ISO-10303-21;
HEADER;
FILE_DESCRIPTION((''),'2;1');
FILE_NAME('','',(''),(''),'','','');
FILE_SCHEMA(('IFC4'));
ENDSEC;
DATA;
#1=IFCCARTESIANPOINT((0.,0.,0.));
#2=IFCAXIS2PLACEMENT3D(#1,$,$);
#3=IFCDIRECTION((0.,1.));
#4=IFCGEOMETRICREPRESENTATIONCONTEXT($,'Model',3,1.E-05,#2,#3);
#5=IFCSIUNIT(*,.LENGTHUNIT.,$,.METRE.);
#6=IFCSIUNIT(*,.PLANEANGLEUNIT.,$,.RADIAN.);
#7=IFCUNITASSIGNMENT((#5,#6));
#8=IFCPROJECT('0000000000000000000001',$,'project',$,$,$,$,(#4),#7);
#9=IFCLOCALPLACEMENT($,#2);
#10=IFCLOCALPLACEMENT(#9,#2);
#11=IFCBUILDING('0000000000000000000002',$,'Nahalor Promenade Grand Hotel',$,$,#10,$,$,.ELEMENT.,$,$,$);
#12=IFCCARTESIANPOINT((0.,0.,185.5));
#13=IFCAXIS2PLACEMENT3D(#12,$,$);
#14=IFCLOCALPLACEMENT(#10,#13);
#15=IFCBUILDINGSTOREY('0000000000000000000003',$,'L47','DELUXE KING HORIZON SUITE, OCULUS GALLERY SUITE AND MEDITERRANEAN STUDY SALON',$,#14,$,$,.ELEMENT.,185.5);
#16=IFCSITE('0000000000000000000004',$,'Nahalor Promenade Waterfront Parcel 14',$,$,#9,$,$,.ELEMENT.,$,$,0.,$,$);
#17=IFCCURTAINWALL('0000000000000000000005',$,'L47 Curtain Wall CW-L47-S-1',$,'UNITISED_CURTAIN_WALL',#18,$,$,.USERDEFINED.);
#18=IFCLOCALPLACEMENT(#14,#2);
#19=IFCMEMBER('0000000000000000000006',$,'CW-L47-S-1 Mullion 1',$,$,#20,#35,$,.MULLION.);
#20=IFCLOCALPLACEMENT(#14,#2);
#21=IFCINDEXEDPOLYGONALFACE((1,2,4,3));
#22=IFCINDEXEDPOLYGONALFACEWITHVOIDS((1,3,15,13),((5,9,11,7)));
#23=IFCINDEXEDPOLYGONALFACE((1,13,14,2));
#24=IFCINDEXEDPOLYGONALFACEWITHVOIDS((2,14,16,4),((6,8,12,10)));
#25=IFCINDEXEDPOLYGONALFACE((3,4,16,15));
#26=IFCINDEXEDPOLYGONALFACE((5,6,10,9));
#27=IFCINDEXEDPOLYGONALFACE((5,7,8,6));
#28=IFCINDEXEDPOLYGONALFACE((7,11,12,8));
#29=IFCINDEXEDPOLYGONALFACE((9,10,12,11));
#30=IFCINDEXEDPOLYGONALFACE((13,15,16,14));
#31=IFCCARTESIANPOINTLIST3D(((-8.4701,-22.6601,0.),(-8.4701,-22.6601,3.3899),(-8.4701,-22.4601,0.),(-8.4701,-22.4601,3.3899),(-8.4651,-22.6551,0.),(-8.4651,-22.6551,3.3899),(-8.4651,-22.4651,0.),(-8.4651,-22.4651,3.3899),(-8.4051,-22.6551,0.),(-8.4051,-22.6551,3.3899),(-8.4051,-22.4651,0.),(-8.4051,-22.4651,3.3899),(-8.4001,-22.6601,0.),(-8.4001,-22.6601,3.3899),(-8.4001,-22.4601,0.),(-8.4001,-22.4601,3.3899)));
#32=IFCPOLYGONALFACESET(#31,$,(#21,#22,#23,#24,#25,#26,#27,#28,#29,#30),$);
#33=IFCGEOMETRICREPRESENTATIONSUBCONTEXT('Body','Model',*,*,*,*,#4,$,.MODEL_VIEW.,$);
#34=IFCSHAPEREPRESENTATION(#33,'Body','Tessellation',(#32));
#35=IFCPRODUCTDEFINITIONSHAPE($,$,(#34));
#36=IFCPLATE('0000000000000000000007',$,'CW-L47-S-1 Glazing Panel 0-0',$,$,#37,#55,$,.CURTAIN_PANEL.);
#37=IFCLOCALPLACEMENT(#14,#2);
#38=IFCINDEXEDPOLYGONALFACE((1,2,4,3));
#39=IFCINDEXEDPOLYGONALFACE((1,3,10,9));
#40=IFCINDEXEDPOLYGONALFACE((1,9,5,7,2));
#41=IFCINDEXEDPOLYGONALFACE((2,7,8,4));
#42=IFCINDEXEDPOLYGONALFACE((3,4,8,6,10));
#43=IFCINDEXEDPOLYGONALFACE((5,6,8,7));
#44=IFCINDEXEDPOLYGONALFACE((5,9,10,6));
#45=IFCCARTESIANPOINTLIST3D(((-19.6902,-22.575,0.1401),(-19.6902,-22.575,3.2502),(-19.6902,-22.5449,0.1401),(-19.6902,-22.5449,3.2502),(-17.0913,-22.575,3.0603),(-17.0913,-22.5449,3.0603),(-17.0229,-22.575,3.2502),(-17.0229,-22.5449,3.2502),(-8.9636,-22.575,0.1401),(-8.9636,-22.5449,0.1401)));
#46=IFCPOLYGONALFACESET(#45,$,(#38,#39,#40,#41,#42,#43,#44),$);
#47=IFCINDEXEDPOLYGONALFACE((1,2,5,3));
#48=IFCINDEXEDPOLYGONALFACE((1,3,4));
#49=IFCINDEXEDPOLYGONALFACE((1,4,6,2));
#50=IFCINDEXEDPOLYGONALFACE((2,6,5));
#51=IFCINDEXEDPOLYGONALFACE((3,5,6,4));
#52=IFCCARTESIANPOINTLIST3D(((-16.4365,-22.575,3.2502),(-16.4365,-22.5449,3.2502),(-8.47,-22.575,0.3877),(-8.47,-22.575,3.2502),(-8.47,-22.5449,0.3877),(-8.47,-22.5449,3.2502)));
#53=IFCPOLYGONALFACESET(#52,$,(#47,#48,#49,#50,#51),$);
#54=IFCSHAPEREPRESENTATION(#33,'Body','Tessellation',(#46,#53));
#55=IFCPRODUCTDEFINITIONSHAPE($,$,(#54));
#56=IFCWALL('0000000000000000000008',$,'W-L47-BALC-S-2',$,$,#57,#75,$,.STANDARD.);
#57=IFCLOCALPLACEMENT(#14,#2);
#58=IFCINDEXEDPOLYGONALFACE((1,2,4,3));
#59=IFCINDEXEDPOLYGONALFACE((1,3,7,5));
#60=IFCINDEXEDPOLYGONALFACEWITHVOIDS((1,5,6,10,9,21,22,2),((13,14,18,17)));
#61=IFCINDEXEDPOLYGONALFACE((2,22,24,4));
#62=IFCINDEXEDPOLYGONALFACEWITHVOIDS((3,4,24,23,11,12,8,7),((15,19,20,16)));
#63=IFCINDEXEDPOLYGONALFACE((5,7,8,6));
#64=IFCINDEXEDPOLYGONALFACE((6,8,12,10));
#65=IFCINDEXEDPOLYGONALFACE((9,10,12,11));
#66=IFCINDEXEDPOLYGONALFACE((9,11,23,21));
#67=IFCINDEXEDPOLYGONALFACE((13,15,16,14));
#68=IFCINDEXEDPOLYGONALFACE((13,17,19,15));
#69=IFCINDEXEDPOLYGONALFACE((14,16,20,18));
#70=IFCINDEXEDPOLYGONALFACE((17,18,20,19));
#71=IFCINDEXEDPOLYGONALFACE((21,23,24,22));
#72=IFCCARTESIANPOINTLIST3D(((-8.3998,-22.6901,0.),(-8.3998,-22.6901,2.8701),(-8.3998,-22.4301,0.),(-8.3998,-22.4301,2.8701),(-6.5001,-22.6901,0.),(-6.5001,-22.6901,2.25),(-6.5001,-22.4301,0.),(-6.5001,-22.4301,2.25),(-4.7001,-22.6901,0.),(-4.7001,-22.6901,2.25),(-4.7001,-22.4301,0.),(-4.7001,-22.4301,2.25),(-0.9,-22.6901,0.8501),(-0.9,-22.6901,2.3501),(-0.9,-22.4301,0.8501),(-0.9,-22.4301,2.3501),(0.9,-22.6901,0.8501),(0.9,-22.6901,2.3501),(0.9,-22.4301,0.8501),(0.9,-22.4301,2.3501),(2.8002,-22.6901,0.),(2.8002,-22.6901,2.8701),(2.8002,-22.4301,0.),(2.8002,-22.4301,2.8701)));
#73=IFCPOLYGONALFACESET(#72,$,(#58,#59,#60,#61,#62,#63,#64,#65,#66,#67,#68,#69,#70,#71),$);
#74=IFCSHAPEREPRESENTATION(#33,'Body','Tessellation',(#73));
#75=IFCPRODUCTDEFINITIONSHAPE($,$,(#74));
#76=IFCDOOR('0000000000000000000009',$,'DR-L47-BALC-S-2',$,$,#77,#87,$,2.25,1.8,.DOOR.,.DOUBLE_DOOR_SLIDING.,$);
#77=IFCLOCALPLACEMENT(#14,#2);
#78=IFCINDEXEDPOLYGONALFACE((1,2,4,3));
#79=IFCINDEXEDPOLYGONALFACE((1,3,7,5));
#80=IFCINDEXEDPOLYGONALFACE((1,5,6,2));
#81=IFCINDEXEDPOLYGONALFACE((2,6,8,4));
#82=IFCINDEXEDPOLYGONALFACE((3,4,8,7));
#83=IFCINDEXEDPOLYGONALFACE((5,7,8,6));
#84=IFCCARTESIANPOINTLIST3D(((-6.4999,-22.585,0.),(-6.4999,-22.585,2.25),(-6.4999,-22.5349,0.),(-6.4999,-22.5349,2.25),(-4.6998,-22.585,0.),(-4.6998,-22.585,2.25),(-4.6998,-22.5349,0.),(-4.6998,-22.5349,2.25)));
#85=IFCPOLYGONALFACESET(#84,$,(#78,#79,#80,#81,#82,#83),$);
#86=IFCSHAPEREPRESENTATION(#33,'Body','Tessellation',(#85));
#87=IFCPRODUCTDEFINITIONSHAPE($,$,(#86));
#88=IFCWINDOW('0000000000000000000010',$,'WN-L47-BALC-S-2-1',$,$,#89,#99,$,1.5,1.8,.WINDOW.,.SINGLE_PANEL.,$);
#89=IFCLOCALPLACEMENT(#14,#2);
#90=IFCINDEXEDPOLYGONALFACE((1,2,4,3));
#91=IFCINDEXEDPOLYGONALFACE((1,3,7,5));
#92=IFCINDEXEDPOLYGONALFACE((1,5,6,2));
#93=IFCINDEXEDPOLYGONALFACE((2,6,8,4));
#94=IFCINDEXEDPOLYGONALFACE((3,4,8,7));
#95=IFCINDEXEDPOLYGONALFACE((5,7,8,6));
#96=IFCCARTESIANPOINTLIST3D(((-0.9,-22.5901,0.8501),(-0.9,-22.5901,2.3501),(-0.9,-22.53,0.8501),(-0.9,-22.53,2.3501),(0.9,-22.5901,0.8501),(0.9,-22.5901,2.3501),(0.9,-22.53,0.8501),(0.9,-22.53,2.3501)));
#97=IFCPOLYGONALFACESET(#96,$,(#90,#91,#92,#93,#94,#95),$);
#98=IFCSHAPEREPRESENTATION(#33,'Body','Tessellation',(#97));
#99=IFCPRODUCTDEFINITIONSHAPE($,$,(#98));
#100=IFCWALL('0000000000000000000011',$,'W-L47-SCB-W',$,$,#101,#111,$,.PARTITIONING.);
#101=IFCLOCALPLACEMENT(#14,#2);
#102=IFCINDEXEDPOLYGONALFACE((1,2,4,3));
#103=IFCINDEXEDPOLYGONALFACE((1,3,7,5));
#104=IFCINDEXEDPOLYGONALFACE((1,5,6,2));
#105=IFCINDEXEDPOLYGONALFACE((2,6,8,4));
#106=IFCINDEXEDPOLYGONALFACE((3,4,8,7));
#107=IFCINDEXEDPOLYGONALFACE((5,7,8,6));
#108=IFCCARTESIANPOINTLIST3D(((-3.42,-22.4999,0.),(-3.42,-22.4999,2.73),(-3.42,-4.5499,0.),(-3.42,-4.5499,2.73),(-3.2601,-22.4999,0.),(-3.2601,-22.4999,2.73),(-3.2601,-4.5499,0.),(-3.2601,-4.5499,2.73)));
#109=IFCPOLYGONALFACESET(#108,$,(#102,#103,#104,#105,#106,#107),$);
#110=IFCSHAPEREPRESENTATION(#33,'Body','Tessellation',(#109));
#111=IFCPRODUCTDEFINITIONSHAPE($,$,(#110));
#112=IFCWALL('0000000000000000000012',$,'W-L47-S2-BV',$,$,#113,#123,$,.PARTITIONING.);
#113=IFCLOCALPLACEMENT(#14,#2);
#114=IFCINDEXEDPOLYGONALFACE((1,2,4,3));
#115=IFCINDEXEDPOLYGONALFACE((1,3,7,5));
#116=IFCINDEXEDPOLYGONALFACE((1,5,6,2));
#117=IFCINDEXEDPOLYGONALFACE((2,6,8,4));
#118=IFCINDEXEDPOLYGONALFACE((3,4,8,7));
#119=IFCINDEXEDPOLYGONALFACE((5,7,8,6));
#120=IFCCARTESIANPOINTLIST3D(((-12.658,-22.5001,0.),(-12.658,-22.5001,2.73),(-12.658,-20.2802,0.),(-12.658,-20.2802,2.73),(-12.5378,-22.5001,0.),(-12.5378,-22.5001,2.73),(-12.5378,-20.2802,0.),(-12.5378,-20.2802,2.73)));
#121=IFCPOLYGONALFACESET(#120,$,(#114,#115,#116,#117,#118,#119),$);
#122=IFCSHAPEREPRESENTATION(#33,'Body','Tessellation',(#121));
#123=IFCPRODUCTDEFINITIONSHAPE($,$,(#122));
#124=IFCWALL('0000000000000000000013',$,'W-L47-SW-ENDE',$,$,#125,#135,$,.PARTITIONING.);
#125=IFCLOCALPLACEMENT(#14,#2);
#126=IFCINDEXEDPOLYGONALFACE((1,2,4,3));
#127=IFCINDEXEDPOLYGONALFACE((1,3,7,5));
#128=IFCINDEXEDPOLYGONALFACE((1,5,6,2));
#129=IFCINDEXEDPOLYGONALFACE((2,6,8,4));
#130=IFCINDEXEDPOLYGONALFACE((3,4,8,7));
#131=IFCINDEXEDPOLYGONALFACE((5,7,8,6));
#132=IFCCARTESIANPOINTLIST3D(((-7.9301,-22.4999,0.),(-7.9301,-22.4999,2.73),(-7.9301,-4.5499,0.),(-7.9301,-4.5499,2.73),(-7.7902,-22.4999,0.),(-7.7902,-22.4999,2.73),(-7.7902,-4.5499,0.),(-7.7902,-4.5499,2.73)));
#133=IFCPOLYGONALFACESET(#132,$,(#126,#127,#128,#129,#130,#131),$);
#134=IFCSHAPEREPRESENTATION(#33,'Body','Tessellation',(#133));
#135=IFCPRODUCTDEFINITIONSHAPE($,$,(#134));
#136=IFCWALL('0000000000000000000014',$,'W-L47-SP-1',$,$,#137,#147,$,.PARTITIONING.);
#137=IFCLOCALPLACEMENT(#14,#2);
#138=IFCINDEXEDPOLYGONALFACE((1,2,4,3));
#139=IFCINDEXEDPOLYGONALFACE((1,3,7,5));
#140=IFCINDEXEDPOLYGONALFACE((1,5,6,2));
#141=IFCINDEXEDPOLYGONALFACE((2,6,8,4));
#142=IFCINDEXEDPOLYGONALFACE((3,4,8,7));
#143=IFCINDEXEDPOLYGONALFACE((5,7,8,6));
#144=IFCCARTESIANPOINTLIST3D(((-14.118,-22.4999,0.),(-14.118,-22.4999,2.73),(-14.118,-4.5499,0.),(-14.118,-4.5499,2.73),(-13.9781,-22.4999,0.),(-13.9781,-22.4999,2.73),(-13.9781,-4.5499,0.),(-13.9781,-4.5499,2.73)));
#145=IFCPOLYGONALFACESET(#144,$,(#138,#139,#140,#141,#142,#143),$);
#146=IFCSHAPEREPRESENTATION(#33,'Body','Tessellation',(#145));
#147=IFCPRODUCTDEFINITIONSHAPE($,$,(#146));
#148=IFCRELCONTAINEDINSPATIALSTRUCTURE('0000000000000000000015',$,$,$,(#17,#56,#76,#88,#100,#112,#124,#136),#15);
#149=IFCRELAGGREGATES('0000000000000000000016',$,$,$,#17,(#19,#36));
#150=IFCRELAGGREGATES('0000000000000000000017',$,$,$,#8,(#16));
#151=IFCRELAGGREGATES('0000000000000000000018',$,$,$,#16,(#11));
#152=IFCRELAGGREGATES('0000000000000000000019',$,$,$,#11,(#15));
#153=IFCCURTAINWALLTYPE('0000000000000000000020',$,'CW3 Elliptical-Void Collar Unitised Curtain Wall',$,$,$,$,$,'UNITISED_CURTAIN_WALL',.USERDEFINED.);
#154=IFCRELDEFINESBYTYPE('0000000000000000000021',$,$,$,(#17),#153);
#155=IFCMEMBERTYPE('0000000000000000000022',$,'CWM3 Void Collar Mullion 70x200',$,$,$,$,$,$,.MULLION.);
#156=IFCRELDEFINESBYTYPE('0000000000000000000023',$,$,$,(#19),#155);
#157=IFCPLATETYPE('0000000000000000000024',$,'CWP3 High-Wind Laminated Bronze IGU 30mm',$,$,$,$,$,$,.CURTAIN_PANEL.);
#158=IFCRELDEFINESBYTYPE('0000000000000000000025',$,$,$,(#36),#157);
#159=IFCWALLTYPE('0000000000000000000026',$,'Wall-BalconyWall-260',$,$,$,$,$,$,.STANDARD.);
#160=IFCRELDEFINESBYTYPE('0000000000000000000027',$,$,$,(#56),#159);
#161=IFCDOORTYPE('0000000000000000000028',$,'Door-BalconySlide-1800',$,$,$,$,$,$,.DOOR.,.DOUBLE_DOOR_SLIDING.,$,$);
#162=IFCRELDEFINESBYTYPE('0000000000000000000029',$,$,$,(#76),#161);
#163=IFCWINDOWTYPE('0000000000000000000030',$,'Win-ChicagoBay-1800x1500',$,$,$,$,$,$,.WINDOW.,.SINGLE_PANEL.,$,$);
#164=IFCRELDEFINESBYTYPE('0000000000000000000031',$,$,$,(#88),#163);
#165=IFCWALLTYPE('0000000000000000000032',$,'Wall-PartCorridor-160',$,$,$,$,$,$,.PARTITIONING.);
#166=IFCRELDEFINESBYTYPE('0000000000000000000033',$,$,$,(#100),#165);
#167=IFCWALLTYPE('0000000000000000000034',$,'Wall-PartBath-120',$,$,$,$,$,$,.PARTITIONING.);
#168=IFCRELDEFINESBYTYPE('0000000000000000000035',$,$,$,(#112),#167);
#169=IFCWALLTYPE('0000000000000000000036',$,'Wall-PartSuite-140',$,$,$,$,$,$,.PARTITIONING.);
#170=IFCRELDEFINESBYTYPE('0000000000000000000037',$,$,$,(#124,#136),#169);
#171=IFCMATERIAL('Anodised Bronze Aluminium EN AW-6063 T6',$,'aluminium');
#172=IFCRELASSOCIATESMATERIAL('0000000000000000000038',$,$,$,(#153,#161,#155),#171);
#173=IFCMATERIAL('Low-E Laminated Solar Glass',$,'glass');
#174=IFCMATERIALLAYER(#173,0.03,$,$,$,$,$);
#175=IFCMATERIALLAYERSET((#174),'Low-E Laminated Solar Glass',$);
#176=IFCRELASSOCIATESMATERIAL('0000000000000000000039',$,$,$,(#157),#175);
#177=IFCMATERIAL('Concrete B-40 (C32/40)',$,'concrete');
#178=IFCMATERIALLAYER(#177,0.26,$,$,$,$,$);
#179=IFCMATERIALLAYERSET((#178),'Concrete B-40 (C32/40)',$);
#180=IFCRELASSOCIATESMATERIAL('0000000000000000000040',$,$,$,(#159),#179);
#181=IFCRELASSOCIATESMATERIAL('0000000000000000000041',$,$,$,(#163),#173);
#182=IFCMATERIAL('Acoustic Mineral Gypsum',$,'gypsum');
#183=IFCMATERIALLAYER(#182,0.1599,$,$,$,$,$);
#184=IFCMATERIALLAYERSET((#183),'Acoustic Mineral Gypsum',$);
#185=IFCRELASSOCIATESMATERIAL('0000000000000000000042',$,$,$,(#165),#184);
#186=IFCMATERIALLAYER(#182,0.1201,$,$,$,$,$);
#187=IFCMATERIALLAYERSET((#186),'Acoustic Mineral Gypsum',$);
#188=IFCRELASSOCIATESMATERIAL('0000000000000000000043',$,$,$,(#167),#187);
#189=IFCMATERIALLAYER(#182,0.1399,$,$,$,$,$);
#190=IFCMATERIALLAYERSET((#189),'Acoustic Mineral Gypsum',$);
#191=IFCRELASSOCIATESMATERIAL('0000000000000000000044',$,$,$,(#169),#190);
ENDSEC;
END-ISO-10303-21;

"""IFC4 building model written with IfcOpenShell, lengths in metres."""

from ifc_helpers import new_model, si_unit, direction, frame, frame_2d, origin, origin_2d, place, context, subcontext, project, spatial, polyline, rectangle, hollow_rectangle, outline, extrude, source, transform, mapped, material, layer, layer_set, material_profile, profile_set, type_object, element, fill, aggregate, save


model = new_model("IFC4")

# Units and contexts
model_context = context("Model", 3, precision=1e-05, world=origin(), true_north=direction((0.0, 1.0)))
body_context = subcontext(model_context, "Body", "Model", "MODEL_VIEW")
ifc_project = project(units=[si_unit("LENGTHUNIT", "METRE"), si_unit("PLANEANGLEUNIT", "RADIAN")], contexts=[model_context])

# Site, building, storey
site_placement = place(None, origin())
site = spatial("IfcSite", under=ifc_project, at=site_placement, Name="Nahalor Promenade Waterfront Parcel 14", CompositionType="ELEMENT", RefElevation=0.0)
building_placement = place(site_placement, origin())
building = spatial("IfcBuilding", under=site, at=building_placement, Name="Nahalor Promenade Grand Hotel", CompositionType="ELEMENT")
storey_placement = place(building_placement, frame((0.0, 0.0, 185.5)))
storey = spatial("IfcBuildingStorey", under=building, at=storey_placement, Name="L47", Description="DELUXE KING HORIZON SUITE, OCULUS GALLERY SUITE AND MEDITERRANEAN STUDY SALON", CompositionType="ELEMENT", Elevation=185.5)

# Curtain wall, member, plate
ifc_material_1 = material(Name="Anodised Bronze Aluminium EN AW-6063 T6", Category="aluminium")
curtain_wall_type = type_object("IfcCurtainWallType", Name="CW3 Elliptical-Void Collar Unitised Curtain Wall", ElementType="UNITISED_CURTAIN_WALL", PredefinedType="USERDEFINED", material=ifc_material_1)
curtain_wall_placement = place(storey_placement, origin())
curtain_wall = element("IfcCurtainWall", 1, at=curtain_wall_placement, inside=storey, type_object=curtain_wall_type, Name="L47 Curtain Wall CW-L47-S-1", ObjectType="UNITISED_CURTAIN_WALL", PredefinedType="USERDEFINED")
ifc_material_profile_1 = material_profile(ifc_material_1, hollow_rectangle(XDim=0.07, YDim=0.2, WallThickness=0.005, at=origin_2d()), Name="CWM 70x200x5")
ifc_profile_set_1 = profile_set([ifc_material_profile_1], Name="Anodised Bronze Aluminium EN AW-6063 T6")
member_type_1 = type_object("IfcMemberType", Name="CWM3 Void Collar Mullion 70x200", PredefinedType="MULLION", material=ifc_profile_set_1)
shared_shape_1 = source(origin(), body_context, "Body", "SweptSolid", [
    extrude(hollow_rectangle(XDim=0.07, YDim=0.2, WallThickness=0.005, at=origin_2d()), origin(), (0.0, 0.0, 1.0), 3.3899),
])
member_1_placement = place(storey_placement, frame((-8.4351, -22.5601, 0.0), z_axis=(0.0, 0.0, 1.0), x_axis=(1.0, 0.0, 0.0)))
member_1 = element("IfcMember", 2, at=member_1_placement, type_object=member_type_1, Name="CW-L47-S-1 Mullion 1", PredefinedType="MULLION", context=body_context, shape_type="MappedRepresentation", body=[
    mapped(shared_shape_1, transform((0.0, 0.0, 0.0), scale=1.0)),
])
ifc_material_2 = material(Name="Low-E Laminated Solar Glass", Category="glass")
ifc_layer_1 = layer(ifc_material_2, 0.03)
ifc_layer_set_1 = layer_set([ifc_layer_1], Name="Low-E Laminated Solar Glass")
plate_type = type_object("IfcPlateType", Name="CWP3 High-Wind Laminated Bronze IGU 30mm", PredefinedType="CURTAIN_PANEL", material=ifc_layer_set_1)
plate_placement = place(storey_placement, frame((-14.0801, -22.5601, 0.1401), z_axis=(0.0, 0.0, 1.0), x_axis=(1.0, 0.0, 0.0)))
plate = element("IfcPlate", 3, at=plate_placement, type_object=plate_type, Name="CW-L47-S-1 Glazing Panel 0-0", PredefinedType="CURTAIN_PANEL", context=body_context, shape_type="SweptSolid", body=[
    extrude(outline(polyline([(-5.6101, 3.1101), (-5.6101, 0.0), (5.1165, 0.0), (-3.0112, 2.9202), (-2.9429, 3.1101), (-5.6101, 3.1101)])), frame((0.0, 0.0151, 0.0), z_axis=(0.0, -1.0, 0.0), x_axis=(1.0, 0.0, 0.0)), (0.0, 0.0, 1.0), 0.03),
    extrude(outline(polyline([(5.6101, 0.2476), (5.6101, 3.1101), (-2.3564, 3.1101), (5.6101, 0.2476)])), frame((0.0, 0.0151, 0.0), z_axis=(0.0, -1.0, 0.0), x_axis=(1.0, 0.0, 0.0)), (0.0, 0.0, 1.0), 0.03),
])
aggregate(curtain_wall, [member_1, plate])

# Wall, openings, door, window
ifc_material_3 = material(Name="Concrete B-40 (C32/40)", Category="concrete")
ifc_layer_2 = layer(ifc_material_3, 0.26)
ifc_layer_set_2 = layer_set([ifc_layer_2], Name="Concrete B-40 (C32/40)")
wall_type_1 = type_object("IfcWallType", Name="Wall-BalconyWall-260", PredefinedType="STANDARD", material=ifc_layer_set_2)
shared_shape_2 = source(origin(), body_context, "Body", "SweptSolid", [
    extrude(rectangle(XDim=11.2, YDim=0.26, at=frame_2d((5.6001, 0.0))), origin(), (0.0, 0.0, 1.0), 2.8701),
])
wall_1_placement = place(storey_placement, frame((-8.3999, -22.5601, 0.0), z_axis=(0.0, 0.0, 1.0), x_axis=(1.0, 0.0, 0.0)))
wall_1 = element("IfcWall", 4, at=wall_1_placement, inside=storey, type_object=wall_type_1, Name="W-L47-BALC-S-2", PredefinedType="STANDARD", context=body_context, shape_type="MappedRepresentation", body=[
    mapped(shared_shape_2, transform((0.0, 0.0, 0.0), scale=1.0)),
])
opening_1_placement = place(wall_1_placement, frame((1.8999, 0.0, 0.0)))
opening_1 = element("IfcOpeningElement", 5, at=opening_1_placement, cuts=wall_1, PredefinedType="OPENING", context=body_context, shape_type="SweptSolid", body=[
    extrude(rectangle(XDim=1.8, YDim=2.25, at=frame_2d((0.8999, 1.125))), frame((0.0, 0.1399, 0.0), z_axis=(0.0, -1.0, 0.0), x_axis=(1.0, 0.0, 0.0)), (0.0, 0.0, 1.0), 0.28),
])
opening_2_placement = place(wall_1_placement, frame((7.5, 0.0, 0.8501)))
opening_2 = element("IfcOpeningElement", 6, at=opening_2_placement, cuts=wall_1, PredefinedType="OPENING", context=body_context, shape_type="SweptSolid", body=[
    extrude(rectangle(XDim=1.8, YDim=1.5, at=frame_2d((0.8999, 0.75))), frame((0.0, 0.1399, 0.0), z_axis=(0.0, -1.0, 0.0), x_axis=(1.0, 0.0, 0.0)), (0.0, 0.0, 1.0), 0.28),
])
door_type_1 = type_object("IfcDoorType", Name="Door-BalconySlide-1800", OperationType="DOUBLE_DOOR_SLIDING", PredefinedType="DOOR", material=ifc_material_1)
shared_shape_3 = source(origin(), body_context, "Body", "SweptSolid", [
    extrude(rectangle(XDim=1.8, YDim=2.25, at=frame_2d((0.8999, 1.125))), frame((0.0, 0.0249, 0.0), z_axis=(0.0, -1.0, 0.0), x_axis=(1.0, 0.0, 0.0)), (0.0, 0.0, 1.0), 0.05),
])
door_1_placement = place(opening_1_placement, frame((1.8, 0.0, 0.0), z_axis=(0.0, 0.0, 1.0), x_axis=(-1.0, 0.0, 0.0)))
door_1 = element("IfcDoor", 7, at=door_1_placement, inside=storey, type_object=door_type_1, Name="DR-L47-BALC-S-2", OperationType="DOUBLE_DOOR_SLIDING", OverallHeight=2.25, OverallWidth=1.8, PredefinedType="DOOR", context=body_context, shape_type="MappedRepresentation", body=[
    mapped(shared_shape_3, transform((0.0, 0.0, 0.0), scale=1.0)),
])
fill(opening_1, door_1)
window_type = type_object("IfcWindowType", Name="Win-ChicagoBay-1800x1500", PartitioningType="SINGLE_PANEL", PredefinedType="WINDOW", material=ifc_material_2)
shared_shape_4 = source(origin(), body_context, "Body", "SweptSolid", [
    extrude(rectangle(XDim=1.8, YDim=1.5, at=frame_2d((0.8999, 0.75))), frame((0.0, 0.03, 0.0), z_axis=(0.0, -1.0, 0.0), x_axis=(1.0, 0.0, 0.0)), (0.0, 0.0, 1.0), 0.0601),
])
window_placement = place(opening_2_placement, origin())
window = element("IfcWindow", 8, at=window_placement, inside=storey, type_object=window_type, Name="WN-L47-BALC-S-2-1", OverallHeight=1.5, OverallWidth=1.8, PartitioningType="SINGLE_PANEL", PredefinedType="WINDOW", context=body_context, shape_type="MappedRepresentation", body=[
    mapped(shared_shape_4, transform((0.0, 0.0, 0.0), scale=1.0)),
])
fill(opening_2, window)

# Walls
ifc_material_4 = material(Name="Acoustic Mineral Gypsum", Category="gypsum")
ifc_layer_3 = layer(ifc_material_4, 0.1599)
ifc_layer_set_3 = layer_set([ifc_layer_3], Name="Acoustic Mineral Gypsum")
wall_type_2 = type_object("IfcWallType", Name="Wall-PartCorridor-160", PredefinedType="PARTITIONING", material=ifc_layer_set_3)
shared_shape_5 = source(origin(), body_context, "Body", "SweptSolid", [
    extrude(rectangle(XDim=17.95, YDim=0.1599, at=frame_2d((8.9751, 0.0))), origin(), (0.0, 0.0, 1.0), 2.73),
])
wall_2_placement = place(storey_placement, frame((-3.3401, -22.5, 0.0), z_axis=(0.0, 0.0, 1.0), x_axis=(0.0, 1.0, 0.0)))
element("IfcWall", 9, at=wall_2_placement, inside=storey, type_object=wall_type_2, Name="W-L47-SCB-W", PredefinedType="PARTITIONING", context=body_context, shape_type="MappedRepresentation", body=[
    mapped(shared_shape_5, transform((0.0, 0.0, 0.0), scale=1.0)),
])
ifc_layer_4 = layer(ifc_material_4, 0.1201)
ifc_layer_set_4 = layer_set([ifc_layer_4], Name="Acoustic Mineral Gypsum")
wall_type_3 = type_object("IfcWallType", Name="Wall-PartBath-120", PredefinedType="PARTITIONING", material=ifc_layer_set_4)
shared_shape_6 = source(origin(), body_context, "Body", "SweptSolid", [
    extrude(rectangle(XDim=2.22, YDim=0.1201, at=frame_2d((1.1099, 0.0))), origin(), (0.0, 0.0, 1.0), 2.73),
])
wall_3_placement = place(storey_placement, frame((-12.5979, -22.5, 0.0), z_axis=(0.0, 0.0, 1.0), x_axis=(0.0, 1.0, 0.0)))
element("IfcWall", 10, at=wall_3_placement, inside=storey, type_object=wall_type_3, Name="W-L47-S2-BV", PredefinedType="PARTITIONING", context=body_context, shape_type="MappedRepresentation", body=[
    mapped(shared_shape_6, transform((0.0, 0.0, 0.0), scale=1.0)),
])
ifc_layer_5 = layer(ifc_material_4, 0.1399)
ifc_layer_set_5 = layer_set([ifc_layer_5], Name="Acoustic Mineral Gypsum")
wall_type_4 = type_object("IfcWallType", Name="Wall-PartSuite-140", PredefinedType="PARTITIONING", material=ifc_layer_set_5)
shared_shape_7 = source(origin(), body_context, "Body", "SweptSolid", [
    extrude(rectangle(XDim=17.95, YDim=0.1399, at=frame_2d((8.9751, 0.0))), origin(), (0.0, 0.0, 1.0), 2.73),
])
for number, where, z_axis, x_axis, name in (
    (11, (-7.8601, -22.5, 0.0), (0.0, 0.0, 1.0), (0.0, 1.0, 0.0), "W-L47-SW-ENDE"),
    (12, (-14.0481, -22.5, 0.0), (0.0, 0.0, 1.0), (0.0, 1.0, 0.0), "W-L47-SP-1"),
):
    element("IfcWall", number, at=place(storey_placement, frame(where, z_axis=z_axis, x_axis=x_axis)), inside=storey, type_object=wall_type_4, Name=name, PredefinedType="PARTITIONING", context=body_context, shape_type="MappedRepresentation", body=[
        mapped(shared_shape_7, transform((0.0, 0.0, 0.0), scale=1.0)),
    ])

save(model, "model.ifc")
